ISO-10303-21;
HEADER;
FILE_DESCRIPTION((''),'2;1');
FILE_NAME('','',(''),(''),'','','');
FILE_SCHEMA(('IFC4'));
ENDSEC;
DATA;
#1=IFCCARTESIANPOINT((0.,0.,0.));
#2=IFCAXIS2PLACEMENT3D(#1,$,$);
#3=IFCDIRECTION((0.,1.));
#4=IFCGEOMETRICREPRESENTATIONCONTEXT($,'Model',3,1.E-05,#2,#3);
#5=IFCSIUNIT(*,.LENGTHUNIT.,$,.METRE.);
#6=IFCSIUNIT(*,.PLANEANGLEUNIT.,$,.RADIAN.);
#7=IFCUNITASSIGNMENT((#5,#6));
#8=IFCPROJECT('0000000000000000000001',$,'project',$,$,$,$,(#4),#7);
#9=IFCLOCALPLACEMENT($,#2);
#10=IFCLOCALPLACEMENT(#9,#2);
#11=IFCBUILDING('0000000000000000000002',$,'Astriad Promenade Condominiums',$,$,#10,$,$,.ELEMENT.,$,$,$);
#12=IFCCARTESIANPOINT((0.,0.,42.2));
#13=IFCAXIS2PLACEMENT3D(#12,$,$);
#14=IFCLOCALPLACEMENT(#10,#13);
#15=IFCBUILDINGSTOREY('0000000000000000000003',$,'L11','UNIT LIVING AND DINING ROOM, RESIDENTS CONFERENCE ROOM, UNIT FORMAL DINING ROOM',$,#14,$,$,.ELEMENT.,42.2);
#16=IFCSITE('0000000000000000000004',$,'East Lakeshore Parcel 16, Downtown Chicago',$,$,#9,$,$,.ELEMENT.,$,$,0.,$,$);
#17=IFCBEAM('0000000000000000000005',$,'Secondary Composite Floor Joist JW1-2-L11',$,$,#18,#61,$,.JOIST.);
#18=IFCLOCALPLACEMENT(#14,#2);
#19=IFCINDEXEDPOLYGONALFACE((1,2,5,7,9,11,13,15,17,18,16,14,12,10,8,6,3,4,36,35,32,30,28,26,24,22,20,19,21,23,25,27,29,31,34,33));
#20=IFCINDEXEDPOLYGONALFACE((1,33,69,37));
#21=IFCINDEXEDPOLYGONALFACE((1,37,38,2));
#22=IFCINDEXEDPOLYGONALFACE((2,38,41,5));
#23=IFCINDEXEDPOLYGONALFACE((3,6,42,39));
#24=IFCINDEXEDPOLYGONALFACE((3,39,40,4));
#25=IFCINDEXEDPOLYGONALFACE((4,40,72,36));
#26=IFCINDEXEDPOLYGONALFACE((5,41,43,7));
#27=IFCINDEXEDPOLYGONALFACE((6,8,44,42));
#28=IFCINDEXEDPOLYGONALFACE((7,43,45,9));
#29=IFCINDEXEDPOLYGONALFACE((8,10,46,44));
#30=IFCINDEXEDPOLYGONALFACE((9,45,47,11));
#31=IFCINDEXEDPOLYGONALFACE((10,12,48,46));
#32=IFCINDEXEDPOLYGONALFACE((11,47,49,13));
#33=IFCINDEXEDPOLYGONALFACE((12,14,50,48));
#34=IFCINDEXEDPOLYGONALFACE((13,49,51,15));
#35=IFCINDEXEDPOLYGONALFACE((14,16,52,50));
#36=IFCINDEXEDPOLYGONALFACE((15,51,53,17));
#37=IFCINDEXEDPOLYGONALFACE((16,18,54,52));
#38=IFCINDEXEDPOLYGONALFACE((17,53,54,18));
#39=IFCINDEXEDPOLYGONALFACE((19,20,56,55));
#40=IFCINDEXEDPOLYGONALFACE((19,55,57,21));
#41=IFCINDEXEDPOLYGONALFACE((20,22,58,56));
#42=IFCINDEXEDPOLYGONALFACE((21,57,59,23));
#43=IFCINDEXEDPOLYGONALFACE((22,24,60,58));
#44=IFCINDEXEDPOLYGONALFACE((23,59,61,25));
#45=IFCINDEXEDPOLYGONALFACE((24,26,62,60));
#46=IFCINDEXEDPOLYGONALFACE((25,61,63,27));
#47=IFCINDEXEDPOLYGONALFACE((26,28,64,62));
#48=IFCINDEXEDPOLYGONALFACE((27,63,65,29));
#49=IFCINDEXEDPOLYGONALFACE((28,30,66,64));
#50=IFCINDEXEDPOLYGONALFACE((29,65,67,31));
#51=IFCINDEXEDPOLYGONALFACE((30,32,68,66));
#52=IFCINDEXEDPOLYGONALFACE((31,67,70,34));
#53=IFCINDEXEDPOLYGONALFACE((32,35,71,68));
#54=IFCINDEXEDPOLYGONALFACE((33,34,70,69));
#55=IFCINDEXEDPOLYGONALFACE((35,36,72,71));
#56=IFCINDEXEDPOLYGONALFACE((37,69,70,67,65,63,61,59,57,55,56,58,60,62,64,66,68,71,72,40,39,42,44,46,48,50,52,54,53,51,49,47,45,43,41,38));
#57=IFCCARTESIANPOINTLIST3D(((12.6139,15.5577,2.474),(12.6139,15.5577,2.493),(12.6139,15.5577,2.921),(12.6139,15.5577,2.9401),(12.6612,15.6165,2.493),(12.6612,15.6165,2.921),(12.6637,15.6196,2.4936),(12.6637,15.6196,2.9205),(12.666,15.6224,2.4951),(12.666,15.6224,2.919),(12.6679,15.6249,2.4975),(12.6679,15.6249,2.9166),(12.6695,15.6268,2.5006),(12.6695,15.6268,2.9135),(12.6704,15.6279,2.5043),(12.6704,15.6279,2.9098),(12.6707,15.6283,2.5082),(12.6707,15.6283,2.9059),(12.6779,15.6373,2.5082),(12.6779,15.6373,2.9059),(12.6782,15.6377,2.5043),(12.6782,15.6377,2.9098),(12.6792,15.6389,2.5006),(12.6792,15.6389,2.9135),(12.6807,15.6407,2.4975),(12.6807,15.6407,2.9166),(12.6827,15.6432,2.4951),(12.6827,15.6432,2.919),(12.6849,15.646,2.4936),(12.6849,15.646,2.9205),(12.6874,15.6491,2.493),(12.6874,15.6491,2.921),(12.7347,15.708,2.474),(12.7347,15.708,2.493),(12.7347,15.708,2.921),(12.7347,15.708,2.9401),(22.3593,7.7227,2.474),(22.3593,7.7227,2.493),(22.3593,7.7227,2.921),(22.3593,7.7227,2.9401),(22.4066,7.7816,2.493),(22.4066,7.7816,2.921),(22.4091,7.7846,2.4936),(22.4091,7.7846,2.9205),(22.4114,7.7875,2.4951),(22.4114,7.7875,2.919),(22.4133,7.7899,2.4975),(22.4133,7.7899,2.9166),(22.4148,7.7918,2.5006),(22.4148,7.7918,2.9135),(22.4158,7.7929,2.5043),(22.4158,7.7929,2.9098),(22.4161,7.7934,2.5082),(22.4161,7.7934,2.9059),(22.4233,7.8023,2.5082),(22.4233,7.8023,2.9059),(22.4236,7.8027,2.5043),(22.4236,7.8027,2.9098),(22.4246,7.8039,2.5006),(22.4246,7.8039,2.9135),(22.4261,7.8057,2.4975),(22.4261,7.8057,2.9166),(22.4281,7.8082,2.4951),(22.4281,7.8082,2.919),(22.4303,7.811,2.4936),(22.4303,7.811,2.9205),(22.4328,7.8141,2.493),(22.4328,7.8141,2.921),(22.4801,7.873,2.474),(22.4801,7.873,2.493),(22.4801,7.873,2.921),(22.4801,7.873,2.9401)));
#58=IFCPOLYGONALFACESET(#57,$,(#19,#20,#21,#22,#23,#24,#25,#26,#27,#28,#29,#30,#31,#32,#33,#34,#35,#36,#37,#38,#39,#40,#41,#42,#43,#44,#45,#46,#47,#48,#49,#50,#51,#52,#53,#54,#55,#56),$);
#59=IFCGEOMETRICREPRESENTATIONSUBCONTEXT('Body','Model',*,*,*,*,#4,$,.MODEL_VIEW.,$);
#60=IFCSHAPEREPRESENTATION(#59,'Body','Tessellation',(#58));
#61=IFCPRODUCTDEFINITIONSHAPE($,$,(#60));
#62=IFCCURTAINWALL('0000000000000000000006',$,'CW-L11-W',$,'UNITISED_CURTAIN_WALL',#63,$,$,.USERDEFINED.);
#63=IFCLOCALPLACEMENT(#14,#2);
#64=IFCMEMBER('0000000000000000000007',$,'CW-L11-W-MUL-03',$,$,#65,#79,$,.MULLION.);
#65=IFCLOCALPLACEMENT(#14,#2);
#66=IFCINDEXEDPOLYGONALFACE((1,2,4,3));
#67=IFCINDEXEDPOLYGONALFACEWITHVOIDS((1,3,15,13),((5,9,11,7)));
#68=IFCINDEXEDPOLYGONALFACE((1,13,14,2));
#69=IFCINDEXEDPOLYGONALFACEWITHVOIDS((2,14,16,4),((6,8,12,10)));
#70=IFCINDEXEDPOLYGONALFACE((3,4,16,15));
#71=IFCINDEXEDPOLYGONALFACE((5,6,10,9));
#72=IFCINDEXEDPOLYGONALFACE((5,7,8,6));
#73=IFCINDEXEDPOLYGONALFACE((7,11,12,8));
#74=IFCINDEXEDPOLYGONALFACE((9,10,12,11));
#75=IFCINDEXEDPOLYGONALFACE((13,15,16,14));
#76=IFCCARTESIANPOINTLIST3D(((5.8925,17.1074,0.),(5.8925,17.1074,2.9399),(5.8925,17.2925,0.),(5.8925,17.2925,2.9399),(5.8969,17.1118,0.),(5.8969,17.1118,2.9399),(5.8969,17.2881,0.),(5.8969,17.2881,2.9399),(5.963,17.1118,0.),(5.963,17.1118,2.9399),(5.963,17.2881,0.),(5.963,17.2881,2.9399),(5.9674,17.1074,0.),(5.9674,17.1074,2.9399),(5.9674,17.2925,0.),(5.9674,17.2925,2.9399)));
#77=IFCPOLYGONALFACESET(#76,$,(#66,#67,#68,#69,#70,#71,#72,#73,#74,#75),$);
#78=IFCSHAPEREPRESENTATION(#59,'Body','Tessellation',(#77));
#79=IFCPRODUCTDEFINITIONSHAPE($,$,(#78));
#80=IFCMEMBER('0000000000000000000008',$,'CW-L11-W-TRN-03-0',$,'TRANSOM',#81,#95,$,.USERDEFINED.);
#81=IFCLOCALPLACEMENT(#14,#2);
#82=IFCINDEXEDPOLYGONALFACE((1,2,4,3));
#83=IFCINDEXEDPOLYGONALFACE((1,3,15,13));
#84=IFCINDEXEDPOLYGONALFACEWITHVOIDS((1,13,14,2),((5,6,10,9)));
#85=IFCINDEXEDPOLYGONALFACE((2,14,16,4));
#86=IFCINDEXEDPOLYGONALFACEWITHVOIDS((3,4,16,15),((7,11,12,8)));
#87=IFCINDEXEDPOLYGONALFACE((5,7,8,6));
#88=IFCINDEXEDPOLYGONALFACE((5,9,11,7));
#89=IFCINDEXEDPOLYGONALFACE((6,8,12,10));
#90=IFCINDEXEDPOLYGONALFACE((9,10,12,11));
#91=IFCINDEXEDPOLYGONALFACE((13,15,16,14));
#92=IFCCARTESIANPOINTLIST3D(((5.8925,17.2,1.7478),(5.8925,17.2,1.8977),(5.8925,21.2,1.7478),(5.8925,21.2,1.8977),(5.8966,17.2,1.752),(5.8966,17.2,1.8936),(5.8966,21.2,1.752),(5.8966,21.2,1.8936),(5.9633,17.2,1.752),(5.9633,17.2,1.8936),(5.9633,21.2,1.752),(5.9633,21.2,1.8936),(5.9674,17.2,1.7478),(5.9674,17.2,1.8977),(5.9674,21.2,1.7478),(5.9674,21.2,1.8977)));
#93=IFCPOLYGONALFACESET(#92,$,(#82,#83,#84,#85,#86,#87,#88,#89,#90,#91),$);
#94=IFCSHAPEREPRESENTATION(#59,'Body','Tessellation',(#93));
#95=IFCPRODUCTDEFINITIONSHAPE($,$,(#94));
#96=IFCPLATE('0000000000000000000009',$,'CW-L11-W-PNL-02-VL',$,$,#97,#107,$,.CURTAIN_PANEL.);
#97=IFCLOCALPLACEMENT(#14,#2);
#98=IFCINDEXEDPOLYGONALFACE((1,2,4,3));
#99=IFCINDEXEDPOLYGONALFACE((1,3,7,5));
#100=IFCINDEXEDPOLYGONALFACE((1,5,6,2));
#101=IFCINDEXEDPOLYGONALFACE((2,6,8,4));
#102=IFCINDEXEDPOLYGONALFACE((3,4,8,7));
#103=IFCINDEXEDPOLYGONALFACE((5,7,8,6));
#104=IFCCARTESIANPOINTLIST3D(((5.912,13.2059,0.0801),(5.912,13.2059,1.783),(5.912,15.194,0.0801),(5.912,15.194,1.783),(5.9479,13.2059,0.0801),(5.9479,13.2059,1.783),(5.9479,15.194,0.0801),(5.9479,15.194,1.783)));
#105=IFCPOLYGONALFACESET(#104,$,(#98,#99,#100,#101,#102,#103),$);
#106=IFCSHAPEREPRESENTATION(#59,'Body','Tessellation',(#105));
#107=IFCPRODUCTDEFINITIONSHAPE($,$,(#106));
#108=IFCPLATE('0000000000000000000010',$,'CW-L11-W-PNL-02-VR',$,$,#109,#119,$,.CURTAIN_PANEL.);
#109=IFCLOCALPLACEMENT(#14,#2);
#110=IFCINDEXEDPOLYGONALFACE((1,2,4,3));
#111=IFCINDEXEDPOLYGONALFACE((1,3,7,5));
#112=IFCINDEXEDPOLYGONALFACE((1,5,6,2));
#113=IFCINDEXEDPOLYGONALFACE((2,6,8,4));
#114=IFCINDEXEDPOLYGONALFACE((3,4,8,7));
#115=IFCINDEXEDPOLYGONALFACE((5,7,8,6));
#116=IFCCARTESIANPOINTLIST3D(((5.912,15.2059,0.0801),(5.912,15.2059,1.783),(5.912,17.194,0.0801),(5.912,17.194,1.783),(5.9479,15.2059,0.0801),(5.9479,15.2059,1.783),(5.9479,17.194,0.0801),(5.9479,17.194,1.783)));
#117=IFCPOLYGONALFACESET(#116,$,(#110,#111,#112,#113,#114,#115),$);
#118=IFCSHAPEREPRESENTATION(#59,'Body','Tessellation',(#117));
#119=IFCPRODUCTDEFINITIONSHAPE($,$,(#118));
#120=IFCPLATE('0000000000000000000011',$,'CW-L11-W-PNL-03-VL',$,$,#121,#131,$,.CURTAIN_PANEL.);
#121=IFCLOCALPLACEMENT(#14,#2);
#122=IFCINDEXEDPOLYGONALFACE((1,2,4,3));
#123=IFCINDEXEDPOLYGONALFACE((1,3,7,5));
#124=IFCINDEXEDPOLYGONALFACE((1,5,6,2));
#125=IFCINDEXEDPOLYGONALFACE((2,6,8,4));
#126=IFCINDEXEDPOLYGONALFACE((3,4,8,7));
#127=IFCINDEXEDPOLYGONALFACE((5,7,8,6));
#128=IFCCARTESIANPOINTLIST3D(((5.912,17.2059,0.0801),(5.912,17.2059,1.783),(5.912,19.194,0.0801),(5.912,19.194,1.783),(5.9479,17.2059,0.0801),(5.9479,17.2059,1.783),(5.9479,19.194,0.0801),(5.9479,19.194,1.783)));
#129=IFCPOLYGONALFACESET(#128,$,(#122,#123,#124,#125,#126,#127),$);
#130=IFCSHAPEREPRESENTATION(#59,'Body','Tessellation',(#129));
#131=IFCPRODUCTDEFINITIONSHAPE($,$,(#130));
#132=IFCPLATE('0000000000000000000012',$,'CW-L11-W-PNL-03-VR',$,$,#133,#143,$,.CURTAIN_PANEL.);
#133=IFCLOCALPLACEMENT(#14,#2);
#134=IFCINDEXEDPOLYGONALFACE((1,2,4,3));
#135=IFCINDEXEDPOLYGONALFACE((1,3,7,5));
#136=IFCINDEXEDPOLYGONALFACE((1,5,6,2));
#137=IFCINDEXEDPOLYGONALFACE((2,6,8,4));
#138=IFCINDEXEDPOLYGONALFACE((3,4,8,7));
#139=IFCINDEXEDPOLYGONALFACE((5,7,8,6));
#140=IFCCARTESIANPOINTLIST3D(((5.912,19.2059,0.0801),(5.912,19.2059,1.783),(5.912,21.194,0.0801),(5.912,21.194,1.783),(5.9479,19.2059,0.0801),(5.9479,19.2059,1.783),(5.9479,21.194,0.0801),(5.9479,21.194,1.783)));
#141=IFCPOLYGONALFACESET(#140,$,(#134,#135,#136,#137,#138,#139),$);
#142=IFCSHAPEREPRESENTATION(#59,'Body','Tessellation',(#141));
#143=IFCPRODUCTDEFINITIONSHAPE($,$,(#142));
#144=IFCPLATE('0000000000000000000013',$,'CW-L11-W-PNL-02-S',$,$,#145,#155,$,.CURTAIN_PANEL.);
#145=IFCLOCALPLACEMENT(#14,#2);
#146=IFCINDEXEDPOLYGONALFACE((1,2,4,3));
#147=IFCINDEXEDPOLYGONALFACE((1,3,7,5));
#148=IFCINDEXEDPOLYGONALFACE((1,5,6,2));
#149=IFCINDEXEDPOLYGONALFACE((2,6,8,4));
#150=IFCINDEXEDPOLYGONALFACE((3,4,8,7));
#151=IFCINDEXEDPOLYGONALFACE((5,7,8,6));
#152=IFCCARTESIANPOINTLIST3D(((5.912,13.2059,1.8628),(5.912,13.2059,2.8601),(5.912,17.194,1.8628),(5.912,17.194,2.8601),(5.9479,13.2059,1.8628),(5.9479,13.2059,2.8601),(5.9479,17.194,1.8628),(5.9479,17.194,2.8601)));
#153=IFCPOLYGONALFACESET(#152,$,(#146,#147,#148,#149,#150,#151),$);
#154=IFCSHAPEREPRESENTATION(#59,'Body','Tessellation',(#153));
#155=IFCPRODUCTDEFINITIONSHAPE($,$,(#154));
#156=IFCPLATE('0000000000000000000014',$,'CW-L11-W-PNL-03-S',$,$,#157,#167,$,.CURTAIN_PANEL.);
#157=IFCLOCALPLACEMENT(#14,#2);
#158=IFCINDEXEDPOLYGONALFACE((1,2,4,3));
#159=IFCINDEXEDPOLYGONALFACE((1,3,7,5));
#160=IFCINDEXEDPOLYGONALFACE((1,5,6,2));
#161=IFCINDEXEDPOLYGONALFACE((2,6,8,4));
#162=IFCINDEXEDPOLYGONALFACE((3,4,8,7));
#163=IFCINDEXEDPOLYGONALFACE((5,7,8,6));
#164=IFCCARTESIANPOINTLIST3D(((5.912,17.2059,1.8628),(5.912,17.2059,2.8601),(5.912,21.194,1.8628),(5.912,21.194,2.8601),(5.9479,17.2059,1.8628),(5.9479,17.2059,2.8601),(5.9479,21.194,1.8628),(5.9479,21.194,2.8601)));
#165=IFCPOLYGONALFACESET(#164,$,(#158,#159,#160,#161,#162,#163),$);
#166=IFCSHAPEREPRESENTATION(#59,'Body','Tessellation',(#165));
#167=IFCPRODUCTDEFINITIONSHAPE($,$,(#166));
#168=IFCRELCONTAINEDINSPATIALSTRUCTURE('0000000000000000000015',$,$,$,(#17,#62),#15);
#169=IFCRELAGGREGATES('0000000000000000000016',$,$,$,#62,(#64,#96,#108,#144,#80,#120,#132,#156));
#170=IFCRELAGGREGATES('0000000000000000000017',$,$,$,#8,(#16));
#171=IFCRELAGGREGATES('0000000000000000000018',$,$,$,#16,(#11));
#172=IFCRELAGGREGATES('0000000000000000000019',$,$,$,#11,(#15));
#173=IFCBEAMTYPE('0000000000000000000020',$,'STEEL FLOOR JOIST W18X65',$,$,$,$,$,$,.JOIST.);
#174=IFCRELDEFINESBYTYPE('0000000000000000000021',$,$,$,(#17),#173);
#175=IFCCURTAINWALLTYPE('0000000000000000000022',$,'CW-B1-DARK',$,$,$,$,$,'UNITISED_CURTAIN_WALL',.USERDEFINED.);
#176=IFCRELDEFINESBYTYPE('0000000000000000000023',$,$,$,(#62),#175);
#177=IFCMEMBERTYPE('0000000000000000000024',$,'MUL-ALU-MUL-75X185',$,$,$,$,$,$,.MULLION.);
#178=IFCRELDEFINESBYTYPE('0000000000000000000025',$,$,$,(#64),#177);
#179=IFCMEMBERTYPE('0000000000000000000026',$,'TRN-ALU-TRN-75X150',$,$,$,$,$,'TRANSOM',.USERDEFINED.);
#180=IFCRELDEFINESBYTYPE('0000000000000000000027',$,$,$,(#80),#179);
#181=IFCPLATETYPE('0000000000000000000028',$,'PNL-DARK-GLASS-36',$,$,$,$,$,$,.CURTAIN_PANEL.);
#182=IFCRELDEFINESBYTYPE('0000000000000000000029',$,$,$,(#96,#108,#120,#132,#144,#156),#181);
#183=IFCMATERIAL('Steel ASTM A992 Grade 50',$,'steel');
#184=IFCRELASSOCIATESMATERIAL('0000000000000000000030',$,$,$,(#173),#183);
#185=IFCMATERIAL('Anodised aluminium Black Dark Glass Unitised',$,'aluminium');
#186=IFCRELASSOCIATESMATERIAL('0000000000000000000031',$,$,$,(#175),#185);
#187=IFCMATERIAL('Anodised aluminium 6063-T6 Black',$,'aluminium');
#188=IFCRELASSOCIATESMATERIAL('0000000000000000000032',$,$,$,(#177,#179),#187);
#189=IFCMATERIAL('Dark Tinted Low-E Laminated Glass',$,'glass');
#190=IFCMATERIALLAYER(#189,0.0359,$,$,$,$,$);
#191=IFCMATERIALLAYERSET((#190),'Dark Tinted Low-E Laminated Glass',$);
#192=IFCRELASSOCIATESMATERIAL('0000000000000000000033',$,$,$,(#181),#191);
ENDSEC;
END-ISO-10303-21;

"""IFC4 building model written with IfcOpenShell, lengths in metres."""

from ifc_helpers import new_model, si_unit, direction, frame, origin, origin_2d, place, context, subcontext, project, spatial, rectangle, hollow_rectangle, i_section, extrude, source, transform, mapped, material, layer, layer_set, material_profile, profile_set, type_object, type_shapes, element, aggregate, save


model = new_model("IFC4")

# Units and contexts
model_context = context("Model", 3, precision=1e-05, world=origin(), true_north=direction((0.0, 1.0)))
body_context = subcontext(model_context, "Body", "Model", "MODEL_VIEW")
ifc_project = project(units=[si_unit("LENGTHUNIT", "METRE"), si_unit("PLANEANGLEUNIT", "RADIAN")], contexts=[model_context])

# Site, building, storey
site_placement = place(None, origin())
site = spatial("IfcSite", under=ifc_project, at=site_placement, Name="East Lakeshore Parcel 16, Downtown Chicago", CompositionType="ELEMENT", RefElevation=0.0)
building_placement = place(site_placement, origin())
building = spatial("IfcBuilding", under=site, at=building_placement, Name="Astriad Promenade Condominiums", CompositionType="ELEMENT")
storey_placement = place(building_placement, frame((0.0, 0.0, 42.2)))
storey = spatial("IfcBuildingStorey", under=building, at=storey_placement, Name="L11", Description="UNIT LIVING AND DINING ROOM, RESIDENTS CONFERENCE ROOM, UNIT FORMAL DINING ROOM", CompositionType="ELEMENT", Elevation=42.2)

# Beam
ifc_material_1 = material(Name="Steel ASTM A992 Grade 50", Category="steel")
ifc_material_profile_1 = material_profile(ifc_material_1, i_section(OverallWidth=0.1929, OverallDepth=0.4661, WebThickness=0.0115, FlangeThickness=0.019, FilletRadius=0.0151, at=origin_2d()), Name="W18X65")
ifc_profile_set_1 = profile_set([ifc_material_profile_1], Name="Steel ASTM A992 Grade 50")
beam_type_1 = type_object("IfcBeamType", Name="STEEL FLOOR JOIST W18X65", PredefinedType="JOIST", material=ifc_profile_set_1)
shared_shape_1 = source(origin(), body_context, "Body", "SweptSolid", [
    extrude(i_section(OverallWidth=0.1929, OverallDepth=0.4661, WebThickness=0.0115, FlangeThickness=0.019, FilletRadius=0.0151, at=origin_2d()), origin(), (0.0, 0.0, 1.0), 12.5044),
])
beam_1_placement = place(storey_placement, frame((12.6743, 15.6328, 2.707), z_axis=(0.779358, -0.626579, 0.0), x_axis=(0.626579, 0.779358, 0.0)))
element("IfcBeam", 1, at=beam_1_placement, inside=storey, type_object=beam_type_1, Name="Secondary Composite Floor Joist JW1-2-L11", PredefinedType="JOIST", context=body_context, shape_type="MappedRepresentation", body=[
    mapped(shared_shape_1, transform((0.0, 0.0, 0.0), scale=1.0)),
])

# Curtain wall, members, plates
ifc_material_2 = material(Name="Anodised aluminium Black Dark Glass Unitised", Category="aluminium")
curtain_wall_type = type_object("IfcCurtainWallType", Name="CW-B1-DARK", ElementType="UNITISED_CURTAIN_WALL", PredefinedType="USERDEFINED", material=ifc_material_2)
curtain_wall_placement = place(storey_placement, origin())
curtain_wall = element("IfcCurtainWall", 2, at=curtain_wall_placement, inside=storey, type_object=curtain_wall_type, Name="CW-L11-W", ObjectType="UNITISED_CURTAIN_WALL", PredefinedType="USERDEFINED")
ifc_material_3 = material(Name="Anodised aluminium 6063-T6 Black", Category="aluminium")
ifc_material_profile_2 = material_profile(ifc_material_3, hollow_rectangle(XDim=0.075, YDim=0.1851, WallThickness=0.0044, at=origin_2d()), Name="ALU-MUL-75X185")
ifc_profile_set_2 = profile_set([ifc_material_profile_2], Name="Anodised aluminium 6063-T6 Black")
member_type_1 = type_object("IfcMemberType", Name="MUL-ALU-MUL-75X185", PredefinedType="MULLION", material=ifc_profile_set_2)
shared_shape_2 = source(origin(), body_context, "Body", "SweptSolid", [
    extrude(hollow_rectangle(XDim=0.075, YDim=0.1851, WallThickness=0.0044, at=origin_2d()), origin(), (0.0, 0.0, 1.0), 2.9399),
])
type_shapes(member_type_1, [shared_shape_2])
member_1_placement = place(storey_placement, frame((5.9299, 17.2, 0.0), z_axis=(0.0, 0.0, 1.0), x_axis=(1.0, 0.0, 0.0)))
member_1 = element("IfcMember", 3, at=member_1_placement, type_object=member_type_1, Name="CW-L11-W-MUL-03", PredefinedType="MULLION", context=body_context, shape_type="MappedRepresentation", body=[
    mapped(shared_shape_2, transform((0.0, 0.0, 0.0), scale=1.0)),
])
ifc_material_profile_3 = material_profile(ifc_material_3, hollow_rectangle(XDim=0.075, YDim=0.1499, WallThickness=0.0042, at=origin_2d()), Name="ALU-TRN-75X150")
ifc_profile_set_3 = profile_set([ifc_material_profile_3], Name="Anodised aluminium 6063-T6 Black")
member_type_2 = type_object("IfcMemberType", Name="TRN-ALU-TRN-75X150", ElementType="TRANSOM", PredefinedType="USERDEFINED", material=ifc_profile_set_3)
shared_shape_3 = source(origin(), body_context, "Body", "SweptSolid", [
    extrude(hollow_rectangle(XDim=0.075, YDim=0.1499, WallThickness=0.0042, at=origin_2d()), origin(), (0.0, 0.0, 1.0), 4.0),
])
type_shapes(member_type_2, [shared_shape_3])
member_2_placement = place(storey_placement, frame((5.9299, 17.2, 1.8228), z_axis=(0.0, 1.0, 0.0), x_axis=(-1.0, 0.0, 0.0)))
member_2 = element("IfcMember", 4, at=member_2_placement, type_object=member_type_2, Name="CW-L11-W-TRN-03-0", ObjectType="TRANSOM", PredefinedType="USERDEFINED", context=body_context, shape_type="MappedRepresentation", body=[
    mapped(shared_shape_3, transform((0.0, 0.0, 0.0), scale=1.0)),
])
ifc_material_4 = material(Name="Dark Tinted Low-E Laminated Glass", Category="glass")
ifc_layer_1 = layer(ifc_material_4, 0.0359)
ifc_layer_set_1 = layer_set([ifc_layer_1], Name="Dark Tinted Low-E Laminated Glass")
plate_type = type_object("IfcPlateType", Name="PNL-DARK-GLASS-36", PredefinedType="CURTAIN_PANEL", material=ifc_layer_set_1)
shared_shape_4 = source(origin(), body_context, "Body", "SweptSolid", [
    extrude(rectangle(XDim=1.988, YDim=0.0359, at=origin_2d()), origin(), (0.0, 0.0, 1.0), 1.7029),
])
plate_1_placement = place(storey_placement, frame((5.9299, 14.2, 0.0801), z_axis=(0.0, 0.0, 1.0), x_axis=(0.0, 1.0, 0.0)))
plate_1 = element("IfcPlate", 5, at=plate_1_placement, type_object=plate_type, Name="CW-L11-W-PNL-02-VL", PredefinedType="CURTAIN_PANEL", context=body_context, shape_type="MappedRepresentation", body=[
    mapped(shared_shape_4, transform((0.0, 0.0, 0.0), scale=1.0)),
])
plate_2_placement = place(storey_placement, frame((5.9299, 16.2, 0.0801), z_axis=(0.0, 0.0, 1.0), x_axis=(0.0, 1.0, 0.0)))
plate_2 = element("IfcPlate", 6, at=plate_2_placement, type_object=plate_type, Name="CW-L11-W-PNL-02-VR", PredefinedType="CURTAIN_PANEL", context=body_context, shape_type="MappedRepresentation", body=[
    mapped(shared_shape_4, transform((0.0, 0.0, 0.0), scale=1.0)),
])
plate_3_placement = place(storey_placement, frame((5.9299, 18.2, 0.0801), z_axis=(0.0, 0.0, 1.0), x_axis=(0.0, 1.0, 0.0)))
plate_3 = element("IfcPlate", 7, at=plate_3_placement, type_object=plate_type, Name="CW-L11-W-PNL-03-VL", PredefinedType="CURTAIN_PANEL", context=body_context, shape_type="MappedRepresentation", body=[
    mapped(shared_shape_4, transform((0.0, 0.0, 0.0), scale=1.0)),
])
plate_4_placement = place(storey_placement, frame((5.9299, 20.2, 0.0801), z_axis=(0.0, 0.0, 1.0), x_axis=(0.0, 1.0, 0.0)))
plate_4 = element("IfcPlate", 8, at=plate_4_placement, type_object=plate_type, Name="CW-L11-W-PNL-03-VR", PredefinedType="CURTAIN_PANEL", context=body_context, shape_type="MappedRepresentation", body=[
    mapped(shared_shape_4, transform((0.0, 0.0, 0.0), scale=1.0)),
])
shared_shape_5 = source(origin(), body_context, "Body", "SweptSolid", [
    extrude(rectangle(XDim=3.988, YDim=0.0359, at=origin_2d()), origin(), (0.0, 0.0, 1.0), 0.9973),
])
type_shapes(plate_type, [shared_shape_4, shared_shape_5])
plate_5_placement = place(storey_placement, frame((5.9299, 15.2, 1.8628), z_axis=(0.0, 0.0, 1.0), x_axis=(0.0, 1.0, 0.0)))
plate_5 = element("IfcPlate", 9, at=plate_5_placement, type_object=plate_type, Name="CW-L11-W-PNL-02-S", PredefinedType="CURTAIN_PANEL", context=body_context, shape_type="MappedRepresentation", body=[
    mapped(shared_shape_5, transform((0.0, 0.0, 0.0), scale=1.0)),
])
plate_6_placement = place(storey_placement, frame((5.9299, 19.2, 1.8628), z_axis=(0.0, 0.0, 1.0), x_axis=(0.0, 1.0, 0.0)))
plate_6 = element("IfcPlate", 10, at=plate_6_placement, type_object=plate_type, Name="CW-L11-W-PNL-03-S", PredefinedType="CURTAIN_PANEL", context=body_context, shape_type="MappedRepresentation", body=[
    mapped(shared_shape_5, transform((0.0, 0.0, 0.0), scale=1.0)),
])
aggregate(curtain_wall, [member_1, plate_1, plate_2, plate_5, member_2, plate_3, plate_4, plate_6])

save(model, "model.ifc")
